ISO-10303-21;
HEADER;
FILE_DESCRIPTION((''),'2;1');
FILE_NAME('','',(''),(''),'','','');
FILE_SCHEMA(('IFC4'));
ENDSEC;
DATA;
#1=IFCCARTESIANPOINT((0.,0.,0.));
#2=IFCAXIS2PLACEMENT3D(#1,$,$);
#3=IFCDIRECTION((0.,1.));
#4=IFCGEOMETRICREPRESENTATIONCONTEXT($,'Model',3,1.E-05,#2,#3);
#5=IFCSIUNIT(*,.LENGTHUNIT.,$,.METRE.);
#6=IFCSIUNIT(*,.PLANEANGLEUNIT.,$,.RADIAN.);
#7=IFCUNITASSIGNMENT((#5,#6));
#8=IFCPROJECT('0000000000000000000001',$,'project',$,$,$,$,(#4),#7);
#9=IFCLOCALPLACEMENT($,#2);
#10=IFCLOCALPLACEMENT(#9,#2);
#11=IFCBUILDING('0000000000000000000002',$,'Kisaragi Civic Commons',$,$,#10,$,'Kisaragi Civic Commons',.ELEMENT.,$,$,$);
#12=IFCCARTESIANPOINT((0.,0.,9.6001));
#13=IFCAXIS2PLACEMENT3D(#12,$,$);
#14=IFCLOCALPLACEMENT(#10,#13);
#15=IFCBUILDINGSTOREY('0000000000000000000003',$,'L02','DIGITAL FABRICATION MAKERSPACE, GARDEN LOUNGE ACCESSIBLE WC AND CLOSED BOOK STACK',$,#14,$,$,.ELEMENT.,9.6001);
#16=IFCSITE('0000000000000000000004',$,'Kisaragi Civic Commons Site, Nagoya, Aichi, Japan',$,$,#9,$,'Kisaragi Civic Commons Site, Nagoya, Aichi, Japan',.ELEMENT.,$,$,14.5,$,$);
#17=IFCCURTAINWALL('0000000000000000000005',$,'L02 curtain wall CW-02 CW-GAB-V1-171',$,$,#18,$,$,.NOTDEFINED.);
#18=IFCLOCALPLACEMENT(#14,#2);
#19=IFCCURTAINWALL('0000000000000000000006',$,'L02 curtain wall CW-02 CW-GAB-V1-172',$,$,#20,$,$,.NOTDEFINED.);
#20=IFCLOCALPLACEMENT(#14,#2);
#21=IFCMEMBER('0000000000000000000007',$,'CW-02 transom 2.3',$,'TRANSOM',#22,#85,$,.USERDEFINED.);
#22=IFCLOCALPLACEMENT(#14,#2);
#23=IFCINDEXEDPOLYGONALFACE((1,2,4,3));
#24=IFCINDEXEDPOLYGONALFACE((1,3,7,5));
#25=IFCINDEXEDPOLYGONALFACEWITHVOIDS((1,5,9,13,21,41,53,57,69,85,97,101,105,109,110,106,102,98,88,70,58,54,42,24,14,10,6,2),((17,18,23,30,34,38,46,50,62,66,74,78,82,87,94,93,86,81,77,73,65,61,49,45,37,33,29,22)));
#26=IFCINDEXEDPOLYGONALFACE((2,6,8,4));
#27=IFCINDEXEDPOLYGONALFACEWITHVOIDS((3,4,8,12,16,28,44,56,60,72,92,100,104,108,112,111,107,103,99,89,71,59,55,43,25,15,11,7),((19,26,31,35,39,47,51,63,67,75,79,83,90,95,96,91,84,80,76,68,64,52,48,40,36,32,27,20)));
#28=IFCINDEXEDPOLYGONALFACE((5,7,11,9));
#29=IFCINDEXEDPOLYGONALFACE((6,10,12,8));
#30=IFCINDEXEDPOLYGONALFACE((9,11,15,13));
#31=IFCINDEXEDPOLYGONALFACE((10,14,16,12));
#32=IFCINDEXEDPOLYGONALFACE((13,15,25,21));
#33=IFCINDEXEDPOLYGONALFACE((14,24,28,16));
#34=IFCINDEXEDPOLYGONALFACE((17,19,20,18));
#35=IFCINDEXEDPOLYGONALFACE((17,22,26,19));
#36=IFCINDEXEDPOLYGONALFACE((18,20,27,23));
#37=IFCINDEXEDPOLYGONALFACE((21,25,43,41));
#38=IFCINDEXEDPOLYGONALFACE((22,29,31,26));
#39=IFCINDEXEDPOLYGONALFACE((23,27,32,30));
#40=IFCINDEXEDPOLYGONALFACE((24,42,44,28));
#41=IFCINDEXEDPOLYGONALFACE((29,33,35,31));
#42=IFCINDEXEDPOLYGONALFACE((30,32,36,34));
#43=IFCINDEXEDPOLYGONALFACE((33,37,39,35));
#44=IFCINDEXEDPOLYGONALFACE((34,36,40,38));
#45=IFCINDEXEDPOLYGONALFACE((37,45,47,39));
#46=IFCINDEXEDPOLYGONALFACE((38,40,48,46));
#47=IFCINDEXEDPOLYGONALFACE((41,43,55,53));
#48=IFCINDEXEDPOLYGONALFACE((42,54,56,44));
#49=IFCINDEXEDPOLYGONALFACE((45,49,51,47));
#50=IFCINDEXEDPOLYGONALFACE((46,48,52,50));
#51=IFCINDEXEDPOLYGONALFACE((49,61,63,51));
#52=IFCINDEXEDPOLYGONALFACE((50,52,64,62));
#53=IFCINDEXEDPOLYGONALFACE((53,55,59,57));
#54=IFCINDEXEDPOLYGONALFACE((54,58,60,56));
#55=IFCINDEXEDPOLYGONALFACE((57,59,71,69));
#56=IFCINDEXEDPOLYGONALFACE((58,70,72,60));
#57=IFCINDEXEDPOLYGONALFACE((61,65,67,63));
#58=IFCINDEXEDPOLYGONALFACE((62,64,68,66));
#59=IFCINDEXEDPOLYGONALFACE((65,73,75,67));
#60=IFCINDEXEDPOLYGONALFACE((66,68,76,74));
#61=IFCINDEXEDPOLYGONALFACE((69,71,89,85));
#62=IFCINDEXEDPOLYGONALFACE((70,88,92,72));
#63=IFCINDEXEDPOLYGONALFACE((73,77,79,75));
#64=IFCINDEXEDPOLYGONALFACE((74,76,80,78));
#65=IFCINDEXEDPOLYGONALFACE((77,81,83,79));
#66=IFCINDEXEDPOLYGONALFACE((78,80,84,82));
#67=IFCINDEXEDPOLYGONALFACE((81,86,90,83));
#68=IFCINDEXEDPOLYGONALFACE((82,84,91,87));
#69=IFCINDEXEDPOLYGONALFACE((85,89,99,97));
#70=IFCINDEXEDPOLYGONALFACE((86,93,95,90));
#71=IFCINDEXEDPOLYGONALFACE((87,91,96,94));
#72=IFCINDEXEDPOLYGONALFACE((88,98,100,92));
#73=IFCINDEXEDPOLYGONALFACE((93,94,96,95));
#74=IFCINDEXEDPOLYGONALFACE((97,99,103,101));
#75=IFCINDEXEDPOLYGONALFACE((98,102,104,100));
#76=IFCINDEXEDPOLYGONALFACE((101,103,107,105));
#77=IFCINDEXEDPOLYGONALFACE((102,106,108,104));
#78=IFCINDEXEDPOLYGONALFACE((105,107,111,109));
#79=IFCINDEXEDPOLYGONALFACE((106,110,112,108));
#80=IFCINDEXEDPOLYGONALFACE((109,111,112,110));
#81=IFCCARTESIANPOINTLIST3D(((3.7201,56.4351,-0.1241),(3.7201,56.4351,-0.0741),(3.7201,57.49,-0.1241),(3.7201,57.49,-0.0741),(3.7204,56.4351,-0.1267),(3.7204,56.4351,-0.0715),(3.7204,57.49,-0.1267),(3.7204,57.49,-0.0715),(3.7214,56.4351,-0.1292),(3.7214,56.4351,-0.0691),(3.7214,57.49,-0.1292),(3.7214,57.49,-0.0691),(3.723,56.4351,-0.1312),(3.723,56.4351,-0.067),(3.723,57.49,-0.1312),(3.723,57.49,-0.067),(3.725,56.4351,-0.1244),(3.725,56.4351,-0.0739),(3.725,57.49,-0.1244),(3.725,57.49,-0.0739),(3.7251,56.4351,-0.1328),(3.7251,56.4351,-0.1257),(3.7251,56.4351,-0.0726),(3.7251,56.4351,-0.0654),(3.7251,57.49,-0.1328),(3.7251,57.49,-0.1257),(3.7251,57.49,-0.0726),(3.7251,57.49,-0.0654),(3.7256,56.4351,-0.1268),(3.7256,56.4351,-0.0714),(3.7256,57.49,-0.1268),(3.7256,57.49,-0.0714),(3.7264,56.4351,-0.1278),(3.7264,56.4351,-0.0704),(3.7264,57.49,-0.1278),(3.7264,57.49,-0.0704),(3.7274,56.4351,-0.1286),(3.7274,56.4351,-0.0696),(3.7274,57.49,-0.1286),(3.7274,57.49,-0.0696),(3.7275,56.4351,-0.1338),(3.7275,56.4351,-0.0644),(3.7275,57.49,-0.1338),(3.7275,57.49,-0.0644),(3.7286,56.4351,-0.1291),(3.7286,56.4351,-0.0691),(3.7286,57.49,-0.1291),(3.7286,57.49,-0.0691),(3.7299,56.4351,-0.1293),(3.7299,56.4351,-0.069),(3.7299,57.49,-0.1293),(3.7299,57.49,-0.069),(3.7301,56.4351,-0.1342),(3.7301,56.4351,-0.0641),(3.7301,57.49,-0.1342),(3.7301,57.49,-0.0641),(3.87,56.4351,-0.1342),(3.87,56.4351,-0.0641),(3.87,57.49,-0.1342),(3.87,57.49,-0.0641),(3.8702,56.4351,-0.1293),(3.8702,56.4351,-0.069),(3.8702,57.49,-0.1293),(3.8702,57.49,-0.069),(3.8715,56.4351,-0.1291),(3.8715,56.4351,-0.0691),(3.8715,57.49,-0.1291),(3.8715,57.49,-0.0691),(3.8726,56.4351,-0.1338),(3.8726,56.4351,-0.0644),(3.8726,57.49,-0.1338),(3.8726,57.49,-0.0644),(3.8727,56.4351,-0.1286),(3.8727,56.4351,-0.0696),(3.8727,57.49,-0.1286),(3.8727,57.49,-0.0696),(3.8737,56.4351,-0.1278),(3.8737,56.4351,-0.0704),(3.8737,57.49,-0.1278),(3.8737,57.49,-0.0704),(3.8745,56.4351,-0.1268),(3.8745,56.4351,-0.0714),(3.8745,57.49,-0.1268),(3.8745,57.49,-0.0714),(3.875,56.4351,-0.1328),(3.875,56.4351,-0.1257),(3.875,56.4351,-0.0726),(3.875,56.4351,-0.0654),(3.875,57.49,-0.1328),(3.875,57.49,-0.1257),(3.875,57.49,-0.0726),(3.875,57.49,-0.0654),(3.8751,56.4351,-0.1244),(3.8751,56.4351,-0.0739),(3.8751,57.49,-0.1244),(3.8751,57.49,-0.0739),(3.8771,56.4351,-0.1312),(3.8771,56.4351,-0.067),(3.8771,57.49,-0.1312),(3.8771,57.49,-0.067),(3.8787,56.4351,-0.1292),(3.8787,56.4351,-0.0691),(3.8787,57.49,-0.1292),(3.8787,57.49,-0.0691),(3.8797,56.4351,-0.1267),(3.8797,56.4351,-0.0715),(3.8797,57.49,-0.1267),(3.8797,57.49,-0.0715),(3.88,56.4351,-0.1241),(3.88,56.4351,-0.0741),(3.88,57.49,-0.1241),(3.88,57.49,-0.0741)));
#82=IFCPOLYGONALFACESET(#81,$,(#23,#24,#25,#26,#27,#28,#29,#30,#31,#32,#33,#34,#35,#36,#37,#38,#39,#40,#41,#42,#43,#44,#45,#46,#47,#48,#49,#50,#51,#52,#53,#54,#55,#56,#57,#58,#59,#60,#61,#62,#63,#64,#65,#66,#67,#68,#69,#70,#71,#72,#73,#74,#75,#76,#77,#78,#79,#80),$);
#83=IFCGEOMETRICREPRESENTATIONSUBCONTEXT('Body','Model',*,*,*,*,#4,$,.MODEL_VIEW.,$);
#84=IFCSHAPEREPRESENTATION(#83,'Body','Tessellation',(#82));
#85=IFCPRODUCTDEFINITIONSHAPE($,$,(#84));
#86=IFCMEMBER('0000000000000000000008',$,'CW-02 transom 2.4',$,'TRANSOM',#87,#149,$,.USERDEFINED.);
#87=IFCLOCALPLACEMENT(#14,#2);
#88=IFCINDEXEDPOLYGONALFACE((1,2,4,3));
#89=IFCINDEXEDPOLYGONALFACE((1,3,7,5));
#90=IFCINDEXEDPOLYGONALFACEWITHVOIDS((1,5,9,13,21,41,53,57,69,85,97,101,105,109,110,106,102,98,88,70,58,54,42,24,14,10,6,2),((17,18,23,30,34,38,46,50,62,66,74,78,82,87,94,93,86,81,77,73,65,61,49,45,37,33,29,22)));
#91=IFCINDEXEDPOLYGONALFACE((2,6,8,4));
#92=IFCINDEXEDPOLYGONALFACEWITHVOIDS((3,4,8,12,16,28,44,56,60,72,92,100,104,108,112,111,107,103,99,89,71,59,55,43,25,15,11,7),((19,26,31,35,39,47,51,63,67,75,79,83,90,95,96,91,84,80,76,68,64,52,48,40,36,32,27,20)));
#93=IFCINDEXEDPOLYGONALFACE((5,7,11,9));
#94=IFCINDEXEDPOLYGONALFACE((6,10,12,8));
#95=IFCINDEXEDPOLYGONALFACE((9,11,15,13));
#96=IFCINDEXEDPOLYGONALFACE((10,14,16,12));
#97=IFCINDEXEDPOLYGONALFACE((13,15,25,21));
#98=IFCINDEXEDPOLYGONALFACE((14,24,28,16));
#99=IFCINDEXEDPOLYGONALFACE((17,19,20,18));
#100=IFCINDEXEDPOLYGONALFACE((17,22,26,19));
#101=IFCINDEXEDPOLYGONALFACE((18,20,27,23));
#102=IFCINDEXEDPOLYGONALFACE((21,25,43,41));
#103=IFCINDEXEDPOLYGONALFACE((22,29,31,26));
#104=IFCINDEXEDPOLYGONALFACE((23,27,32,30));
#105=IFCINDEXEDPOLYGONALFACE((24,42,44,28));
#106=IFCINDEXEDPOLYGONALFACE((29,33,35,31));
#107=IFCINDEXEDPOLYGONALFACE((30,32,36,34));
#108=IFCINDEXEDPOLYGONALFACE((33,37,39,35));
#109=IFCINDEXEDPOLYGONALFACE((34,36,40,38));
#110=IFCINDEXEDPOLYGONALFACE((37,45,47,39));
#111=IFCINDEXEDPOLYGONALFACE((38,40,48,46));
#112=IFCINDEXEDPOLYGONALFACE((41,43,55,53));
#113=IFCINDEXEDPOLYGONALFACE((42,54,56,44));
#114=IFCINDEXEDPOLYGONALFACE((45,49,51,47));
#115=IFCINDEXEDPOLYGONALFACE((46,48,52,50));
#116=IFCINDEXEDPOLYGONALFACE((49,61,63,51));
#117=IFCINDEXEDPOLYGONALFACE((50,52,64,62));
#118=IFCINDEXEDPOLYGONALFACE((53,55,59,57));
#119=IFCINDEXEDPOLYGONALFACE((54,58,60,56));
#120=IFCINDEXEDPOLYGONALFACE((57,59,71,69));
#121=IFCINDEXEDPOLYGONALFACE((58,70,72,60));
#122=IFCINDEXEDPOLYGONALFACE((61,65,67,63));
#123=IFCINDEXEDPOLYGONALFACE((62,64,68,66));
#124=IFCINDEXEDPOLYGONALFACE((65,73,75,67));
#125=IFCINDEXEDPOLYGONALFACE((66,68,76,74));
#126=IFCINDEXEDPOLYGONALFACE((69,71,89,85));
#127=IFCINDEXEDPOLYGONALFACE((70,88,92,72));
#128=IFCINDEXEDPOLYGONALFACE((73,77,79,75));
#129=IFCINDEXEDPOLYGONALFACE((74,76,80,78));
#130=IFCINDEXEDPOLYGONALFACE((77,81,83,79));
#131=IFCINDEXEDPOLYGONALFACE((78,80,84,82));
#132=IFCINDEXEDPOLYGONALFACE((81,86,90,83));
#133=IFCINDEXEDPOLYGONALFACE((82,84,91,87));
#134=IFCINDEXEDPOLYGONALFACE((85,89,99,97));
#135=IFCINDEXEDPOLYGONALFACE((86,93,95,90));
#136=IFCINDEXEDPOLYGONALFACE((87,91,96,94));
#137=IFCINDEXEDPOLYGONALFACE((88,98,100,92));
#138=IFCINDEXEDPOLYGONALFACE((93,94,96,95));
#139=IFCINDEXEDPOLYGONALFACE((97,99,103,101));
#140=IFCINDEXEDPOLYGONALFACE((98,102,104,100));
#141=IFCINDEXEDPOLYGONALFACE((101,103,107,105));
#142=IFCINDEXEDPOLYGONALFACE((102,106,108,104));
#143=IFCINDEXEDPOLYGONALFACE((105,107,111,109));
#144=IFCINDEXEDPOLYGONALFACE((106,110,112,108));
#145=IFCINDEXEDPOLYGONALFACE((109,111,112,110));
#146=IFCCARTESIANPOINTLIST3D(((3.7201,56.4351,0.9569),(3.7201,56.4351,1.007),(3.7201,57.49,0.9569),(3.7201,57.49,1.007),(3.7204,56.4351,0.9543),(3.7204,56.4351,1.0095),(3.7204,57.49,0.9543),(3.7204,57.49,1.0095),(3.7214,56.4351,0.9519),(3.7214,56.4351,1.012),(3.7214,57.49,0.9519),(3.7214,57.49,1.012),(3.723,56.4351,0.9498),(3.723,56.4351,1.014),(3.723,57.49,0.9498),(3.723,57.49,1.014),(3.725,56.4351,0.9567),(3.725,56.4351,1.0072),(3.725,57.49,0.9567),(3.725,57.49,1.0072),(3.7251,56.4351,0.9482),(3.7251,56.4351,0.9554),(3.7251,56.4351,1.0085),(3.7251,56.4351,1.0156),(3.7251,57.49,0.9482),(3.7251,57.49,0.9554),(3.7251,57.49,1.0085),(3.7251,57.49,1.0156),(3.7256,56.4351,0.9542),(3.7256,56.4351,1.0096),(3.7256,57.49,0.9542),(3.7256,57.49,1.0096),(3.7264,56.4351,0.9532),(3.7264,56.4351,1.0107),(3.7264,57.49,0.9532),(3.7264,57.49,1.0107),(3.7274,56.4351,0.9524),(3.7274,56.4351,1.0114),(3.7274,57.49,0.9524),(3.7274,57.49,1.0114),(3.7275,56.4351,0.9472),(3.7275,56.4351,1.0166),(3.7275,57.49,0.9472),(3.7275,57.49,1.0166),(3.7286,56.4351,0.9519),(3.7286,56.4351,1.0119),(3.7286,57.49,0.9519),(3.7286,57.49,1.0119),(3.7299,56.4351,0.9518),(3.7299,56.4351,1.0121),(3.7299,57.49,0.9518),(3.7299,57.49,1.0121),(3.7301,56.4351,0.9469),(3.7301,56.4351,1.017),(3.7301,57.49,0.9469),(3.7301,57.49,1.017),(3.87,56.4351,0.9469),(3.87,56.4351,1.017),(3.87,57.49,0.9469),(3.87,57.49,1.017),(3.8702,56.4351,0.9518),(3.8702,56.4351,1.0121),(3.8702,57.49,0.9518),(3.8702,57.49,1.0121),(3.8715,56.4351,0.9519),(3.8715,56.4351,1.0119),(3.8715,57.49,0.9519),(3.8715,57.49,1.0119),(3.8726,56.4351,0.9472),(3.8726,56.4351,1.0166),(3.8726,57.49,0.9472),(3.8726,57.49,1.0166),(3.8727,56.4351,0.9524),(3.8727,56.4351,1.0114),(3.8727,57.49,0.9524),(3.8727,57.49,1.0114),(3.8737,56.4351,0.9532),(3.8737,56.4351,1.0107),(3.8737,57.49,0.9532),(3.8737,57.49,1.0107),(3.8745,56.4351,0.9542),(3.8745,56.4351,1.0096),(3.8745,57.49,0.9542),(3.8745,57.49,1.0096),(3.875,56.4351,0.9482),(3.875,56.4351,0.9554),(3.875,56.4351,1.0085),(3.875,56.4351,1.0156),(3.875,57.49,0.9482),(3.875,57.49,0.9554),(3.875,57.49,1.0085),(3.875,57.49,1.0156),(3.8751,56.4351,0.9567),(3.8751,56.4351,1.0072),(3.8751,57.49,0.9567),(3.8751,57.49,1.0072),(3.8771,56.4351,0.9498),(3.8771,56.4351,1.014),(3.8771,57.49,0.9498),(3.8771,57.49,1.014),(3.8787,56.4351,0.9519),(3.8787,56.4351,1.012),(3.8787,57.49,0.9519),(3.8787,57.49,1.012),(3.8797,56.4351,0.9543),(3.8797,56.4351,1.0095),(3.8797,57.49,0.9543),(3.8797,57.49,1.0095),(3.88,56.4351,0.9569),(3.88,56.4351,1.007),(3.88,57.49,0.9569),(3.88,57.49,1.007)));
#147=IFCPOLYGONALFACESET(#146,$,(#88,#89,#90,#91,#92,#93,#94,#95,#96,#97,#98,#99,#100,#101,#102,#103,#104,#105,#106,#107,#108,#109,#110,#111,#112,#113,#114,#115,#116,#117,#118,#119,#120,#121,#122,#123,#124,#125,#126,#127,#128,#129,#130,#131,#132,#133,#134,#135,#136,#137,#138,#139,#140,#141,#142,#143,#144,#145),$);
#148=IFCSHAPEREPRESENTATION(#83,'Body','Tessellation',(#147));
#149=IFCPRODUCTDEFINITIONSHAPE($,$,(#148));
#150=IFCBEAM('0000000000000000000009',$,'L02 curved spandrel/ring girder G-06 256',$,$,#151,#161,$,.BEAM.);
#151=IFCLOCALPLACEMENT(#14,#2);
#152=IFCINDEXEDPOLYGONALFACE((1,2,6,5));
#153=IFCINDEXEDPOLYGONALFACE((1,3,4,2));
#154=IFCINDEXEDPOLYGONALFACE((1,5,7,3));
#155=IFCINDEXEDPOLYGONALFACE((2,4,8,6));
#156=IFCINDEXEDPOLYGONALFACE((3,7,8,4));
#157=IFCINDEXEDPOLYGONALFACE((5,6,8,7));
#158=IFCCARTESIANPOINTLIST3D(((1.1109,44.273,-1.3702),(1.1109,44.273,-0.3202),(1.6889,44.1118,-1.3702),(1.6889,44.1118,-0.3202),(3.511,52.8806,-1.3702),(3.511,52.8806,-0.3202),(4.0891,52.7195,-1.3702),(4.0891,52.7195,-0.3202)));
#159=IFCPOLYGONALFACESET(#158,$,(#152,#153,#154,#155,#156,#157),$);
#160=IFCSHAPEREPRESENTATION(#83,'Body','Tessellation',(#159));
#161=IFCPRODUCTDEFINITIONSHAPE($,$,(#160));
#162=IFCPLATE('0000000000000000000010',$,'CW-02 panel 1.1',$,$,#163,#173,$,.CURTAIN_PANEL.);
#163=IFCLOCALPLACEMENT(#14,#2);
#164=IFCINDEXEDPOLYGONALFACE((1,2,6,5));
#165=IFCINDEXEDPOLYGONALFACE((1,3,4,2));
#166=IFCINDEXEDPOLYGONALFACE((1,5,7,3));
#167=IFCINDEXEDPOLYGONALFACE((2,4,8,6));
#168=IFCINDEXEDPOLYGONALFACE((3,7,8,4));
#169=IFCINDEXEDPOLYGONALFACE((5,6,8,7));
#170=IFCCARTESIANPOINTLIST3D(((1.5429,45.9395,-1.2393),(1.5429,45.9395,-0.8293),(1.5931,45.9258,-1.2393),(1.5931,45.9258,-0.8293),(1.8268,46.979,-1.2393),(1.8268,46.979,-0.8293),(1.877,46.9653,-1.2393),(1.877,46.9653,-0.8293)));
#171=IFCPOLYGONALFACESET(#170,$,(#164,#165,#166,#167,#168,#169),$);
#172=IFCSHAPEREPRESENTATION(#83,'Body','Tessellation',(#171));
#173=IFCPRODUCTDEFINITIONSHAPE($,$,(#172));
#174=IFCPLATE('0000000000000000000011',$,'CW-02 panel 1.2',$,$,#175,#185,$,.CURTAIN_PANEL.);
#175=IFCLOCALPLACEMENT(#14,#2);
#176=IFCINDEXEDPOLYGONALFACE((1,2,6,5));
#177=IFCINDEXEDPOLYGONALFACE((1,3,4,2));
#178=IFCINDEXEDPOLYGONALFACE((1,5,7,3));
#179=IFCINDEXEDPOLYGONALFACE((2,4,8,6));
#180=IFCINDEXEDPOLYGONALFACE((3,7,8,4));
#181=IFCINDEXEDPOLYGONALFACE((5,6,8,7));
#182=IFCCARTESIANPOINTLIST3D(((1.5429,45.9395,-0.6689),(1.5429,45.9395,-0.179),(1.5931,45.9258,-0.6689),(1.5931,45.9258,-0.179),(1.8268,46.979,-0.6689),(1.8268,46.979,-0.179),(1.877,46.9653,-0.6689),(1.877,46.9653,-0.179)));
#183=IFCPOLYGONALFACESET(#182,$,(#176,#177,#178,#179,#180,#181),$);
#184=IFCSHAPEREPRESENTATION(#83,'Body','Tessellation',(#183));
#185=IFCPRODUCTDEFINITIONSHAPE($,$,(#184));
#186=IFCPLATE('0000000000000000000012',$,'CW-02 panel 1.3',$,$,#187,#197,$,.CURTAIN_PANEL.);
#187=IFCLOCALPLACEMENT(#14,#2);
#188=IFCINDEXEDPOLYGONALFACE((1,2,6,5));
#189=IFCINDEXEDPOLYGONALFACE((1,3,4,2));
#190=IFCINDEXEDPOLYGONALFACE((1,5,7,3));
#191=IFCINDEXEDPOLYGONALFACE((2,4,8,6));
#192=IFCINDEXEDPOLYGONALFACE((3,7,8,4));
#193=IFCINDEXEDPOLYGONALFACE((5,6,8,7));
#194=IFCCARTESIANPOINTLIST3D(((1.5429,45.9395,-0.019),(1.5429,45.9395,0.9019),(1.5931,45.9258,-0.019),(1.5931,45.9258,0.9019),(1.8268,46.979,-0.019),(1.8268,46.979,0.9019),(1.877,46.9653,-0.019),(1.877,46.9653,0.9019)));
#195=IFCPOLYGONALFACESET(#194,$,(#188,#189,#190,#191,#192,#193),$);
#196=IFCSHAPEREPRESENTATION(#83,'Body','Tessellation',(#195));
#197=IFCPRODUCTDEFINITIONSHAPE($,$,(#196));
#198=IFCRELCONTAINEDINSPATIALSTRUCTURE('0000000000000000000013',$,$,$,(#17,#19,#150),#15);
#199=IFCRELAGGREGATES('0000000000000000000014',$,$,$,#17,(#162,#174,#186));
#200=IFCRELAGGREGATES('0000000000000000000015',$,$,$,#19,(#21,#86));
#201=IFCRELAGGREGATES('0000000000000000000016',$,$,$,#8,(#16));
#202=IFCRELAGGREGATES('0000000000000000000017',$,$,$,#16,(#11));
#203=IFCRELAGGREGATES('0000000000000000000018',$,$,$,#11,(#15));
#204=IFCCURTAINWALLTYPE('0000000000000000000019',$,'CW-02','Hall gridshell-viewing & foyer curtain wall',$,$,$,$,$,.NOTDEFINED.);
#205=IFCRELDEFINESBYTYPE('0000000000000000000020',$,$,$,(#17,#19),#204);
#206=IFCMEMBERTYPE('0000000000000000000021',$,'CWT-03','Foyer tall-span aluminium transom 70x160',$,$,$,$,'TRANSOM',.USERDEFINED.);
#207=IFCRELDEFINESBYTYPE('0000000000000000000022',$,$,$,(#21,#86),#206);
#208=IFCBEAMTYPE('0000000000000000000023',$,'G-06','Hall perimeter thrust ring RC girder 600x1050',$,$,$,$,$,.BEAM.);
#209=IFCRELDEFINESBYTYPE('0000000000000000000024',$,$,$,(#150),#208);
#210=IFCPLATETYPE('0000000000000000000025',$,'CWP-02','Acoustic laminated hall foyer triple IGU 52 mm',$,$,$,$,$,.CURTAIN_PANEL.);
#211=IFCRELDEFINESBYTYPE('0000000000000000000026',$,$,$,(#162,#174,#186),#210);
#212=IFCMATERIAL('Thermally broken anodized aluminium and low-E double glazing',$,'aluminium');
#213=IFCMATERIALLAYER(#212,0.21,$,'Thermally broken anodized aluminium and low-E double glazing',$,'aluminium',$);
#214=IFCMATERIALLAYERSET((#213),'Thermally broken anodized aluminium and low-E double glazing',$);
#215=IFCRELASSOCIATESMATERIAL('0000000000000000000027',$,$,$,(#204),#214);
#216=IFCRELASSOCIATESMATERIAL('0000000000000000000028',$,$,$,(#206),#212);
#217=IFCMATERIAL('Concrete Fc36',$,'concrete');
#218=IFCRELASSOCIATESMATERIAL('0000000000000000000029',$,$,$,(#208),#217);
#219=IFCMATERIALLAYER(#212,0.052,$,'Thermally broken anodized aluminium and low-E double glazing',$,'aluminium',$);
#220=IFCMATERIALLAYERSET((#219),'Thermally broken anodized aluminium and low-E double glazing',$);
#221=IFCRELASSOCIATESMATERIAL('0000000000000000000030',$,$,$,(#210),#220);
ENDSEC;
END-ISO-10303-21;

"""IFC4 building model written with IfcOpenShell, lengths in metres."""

from ifc_helpers import new_model, si_unit, direction, frame, origin, origin_2d, place, context, subcontext, project, spatial, rectangle, hollow_rectangle, extrude, material, layer, layer_set, material_profile, profile_set, type_object, element, aggregate, save


model = new_model("IFC4")

# Units and contexts
model_context = context("Model", 3, precision=1e-05, world=origin(), true_north=direction((0.0, 1.0)))
body_context = subcontext(model_context, "Body", "Model", "MODEL_VIEW")
ifc_project = project(units=[si_unit("LENGTHUNIT", "METRE"), si_unit("PLANEANGLEUNIT", "RADIAN")], contexts=[model_context])

# Site, building, storey
site_placement = place(None, origin())
site = spatial("IfcSite", under=ifc_project, at=site_placement, Name="Kisaragi Civic Commons Site, Nagoya, Aichi, Japan", LongName="Kisaragi Civic Commons Site, Nagoya, Aichi, Japan", CompositionType="ELEMENT", RefElevation=14.5)
building_placement = place(site_placement, origin())
building = spatial("IfcBuilding", under=site, at=building_placement, Name="Kisaragi Civic Commons", LongName="Kisaragi Civic Commons", CompositionType="ELEMENT")
storey_placement = place(building_placement, frame((0.0, 0.0, 9.6001)))
storey = spatial("IfcBuildingStorey", under=building, at=storey_placement, Name="L02", Description="DIGITAL FABRICATION MAKERSPACE, GARDEN LOUNGE ACCESSIBLE WC AND CLOSED BOOK STACK", CompositionType="ELEMENT", Elevation=9.6001)

# Curtain walls
ifc_material_1 = material(Name="Thermally broken anodized aluminium and low-E double glazing", Category="aluminium")
ifc_layer_1 = layer(ifc_material_1, 0.21, Name="Thermally broken anodized aluminium and low-E double glazing", Category="aluminium")
ifc_layer_set_1 = layer_set([ifc_layer_1], Name="Thermally broken anodized aluminium and low-E double glazing")
curtain_wall_type = type_object("IfcCurtainWallType", Name="CW-02", Description="Hall gridshell-viewing & foyer curtain wall", PredefinedType="NOTDEFINED", material=ifc_layer_set_1)
curtain_wall_1_placement = place(storey_placement, origin())
curtain_wall_1 = element("IfcCurtainWall", 1, at=curtain_wall_1_placement, inside=storey, type_object=curtain_wall_type, Name="L02 curtain wall CW-02 CW-GAB-V1-171", PredefinedType="NOTDEFINED")
curtain_wall_2_placement = place(storey_placement, origin())
curtain_wall_2 = element("IfcCurtainWall", 2, at=curtain_wall_2_placement, inside=storey, type_object=curtain_wall_type, Name="L02 curtain wall CW-02 CW-GAB-V1-172", PredefinedType="NOTDEFINED")

# Members
ifc_material_profile_1 = material_profile(ifc_material_1, hollow_rectangle(XDim=0.1599, YDim=0.0701, WallThickness=0.0049, InnerFilletRadius=0.0049, OuterFilletRadius=0.01, at=origin_2d()), Name="CWT-70x160x5", Category="aluminium")
ifc_profile_set_1 = profile_set([ifc_material_profile_1], Name="Thermally broken anodized aluminium and low-E double glazing")
member_type_1 = type_object("IfcMemberType", Name="CWT-03", Description="Foyer tall-span aluminium transom 70x160", ElementType="TRANSOM", PredefinedType="USERDEFINED", material=ifc_profile_set_1)
member_1_placement = place(storey_placement, frame((3.8, 56.4351, -0.0991), z_axis=(0.0, 1.0, 0.0), x_axis=(-1.0, 0.0, 0.0)))
member_1 = element("IfcMember", 3, at=member_1_placement, type_object=member_type_1, Name="CW-02 transom 2.3", ObjectType="TRANSOM", PredefinedType="USERDEFINED", context=body_context, shape_type="SweptSolid", body=[
    extrude(hollow_rectangle(XDim=0.1599, YDim=0.0701, WallThickness=0.0049, InnerFilletRadius=0.0049, OuterFilletRadius=0.01, at=origin_2d()), origin(), (0.0, 0.0, 1.0), 1.0549),
])
member_2_placement = place(storey_placement, frame((3.8, 56.4351, 0.9819), z_axis=(0.0, 1.0, 0.0), x_axis=(-1.0, 0.0, 0.0)))
member_2 = element("IfcMember", 4, at=member_2_placement, type_object=member_type_1, Name="CW-02 transom 2.4", ObjectType="TRANSOM", PredefinedType="USERDEFINED", context=body_context, shape_type="SweptSolid", body=[
    extrude(hollow_rectangle(XDim=0.1599, YDim=0.0701, WallThickness=0.0049, InnerFilletRadius=0.0049, OuterFilletRadius=0.01, at=origin_2d()), origin(), (0.0, 0.0, 1.0), 1.0549),
])

# Beam
ifc_material_2 = material(Name="Concrete Fc36", Category="concrete")
ifc_material_profile_2 = material_profile(ifc_material_2, rectangle(XDim=0.6001, YDim=1.05, at=origin_2d()), Name="RC-600x1050", Category="concrete")
ifc_profile_set_2 = profile_set([ifc_material_profile_2], Name="Concrete Fc36")
beam_type = type_object("IfcBeamType", Name="G-06", Description="Hall perimeter thrust ring RC girder 600x1050", PredefinedType="BEAM", material=ifc_profile_set_2)
beam_placement = place(storey_placement, frame((3.8, 52.8, -0.8452), z_axis=(-0.268592, -0.963254, 0.0), x_axis=(0.963254, -0.268592, 0.0)))
element("IfcBeam", 5, at=beam_placement, inside=storey, type_object=beam_type, Name="L02 curved spandrel/ring girder G-06 256", PredefinedType="BEAM", context=body_context, shape_type="SweptSolid", body=[
    extrude(rectangle(XDim=0.6001, YDim=1.05, at=origin_2d()), origin(), (0.0, 0.0, 1.0), 8.936),
])

# Plates
ifc_layer_2 = layer(ifc_material_1, 0.052, Name="Thermally broken anodized aluminium and low-E double glazing", Category="aluminium")
ifc_layer_set_2 = layer_set([ifc_layer_2], Name="Thermally broken anodized aluminium and low-E double glazing")
plate_type = type_object("IfcPlateType", Name="CWP-02", Description="Acoustic laminated hall foyer triple IGU 52 mm", PredefinedType="CURTAIN_PANEL", material=ifc_layer_set_2)
plate_1_placement = place(storey_placement, frame((1.71, 46.4524, -1.2393), z_axis=(0.0, 0.0, 1.0), x_axis=(0.263418, 0.964682, 0.0)))
plate_1 = element("IfcPlate", 6, at=plate_1_placement, type_object=plate_type, Name="CW-02 panel 1.1", PredefinedType="CURTAIN_PANEL", context=body_context, shape_type="SweptSolid", body=[
    extrude(rectangle(XDim=1.0776, YDim=0.052, at=origin_2d()), origin(), (0.0, 0.0, 1.0), 0.4099),
])
plate_2_placement = place(storey_placement, frame((1.71, 46.4524, -0.6689), z_axis=(0.0, 0.0, 1.0), x_axis=(0.263418, 0.964682, 0.0)))
plate_2 = element("IfcPlate", 7, at=plate_2_placement, type_object=plate_type, Name="CW-02 panel 1.2", PredefinedType="CURTAIN_PANEL", context=body_context, shape_type="SweptSolid", body=[
    extrude(rectangle(XDim=1.0776, YDim=0.052, at=origin_2d()), origin(), (0.0, 0.0, 1.0), 0.49),
])
plate_3_placement = place(storey_placement, frame((1.71, 46.4524, -0.019), z_axis=(0.0, 0.0, 1.0), x_axis=(0.263418, 0.964682, 0.0)))
plate_3 = element("IfcPlate", 8, at=plate_3_placement, type_object=plate_type, Name="CW-02 panel 1.3", PredefinedType="CURTAIN_PANEL", context=body_context, shape_type="SweptSolid", body=[
    extrude(rectangle(XDim=1.0776, YDim=0.052, at=origin_2d()), origin(), (0.0, 0.0, 1.0), 0.9209),
])
aggregate(curtain_wall_1, [plate_1, plate_2, plate_3])
aggregate(curtain_wall_2, [member_1, member_2])

save(model, "model.ifc")
